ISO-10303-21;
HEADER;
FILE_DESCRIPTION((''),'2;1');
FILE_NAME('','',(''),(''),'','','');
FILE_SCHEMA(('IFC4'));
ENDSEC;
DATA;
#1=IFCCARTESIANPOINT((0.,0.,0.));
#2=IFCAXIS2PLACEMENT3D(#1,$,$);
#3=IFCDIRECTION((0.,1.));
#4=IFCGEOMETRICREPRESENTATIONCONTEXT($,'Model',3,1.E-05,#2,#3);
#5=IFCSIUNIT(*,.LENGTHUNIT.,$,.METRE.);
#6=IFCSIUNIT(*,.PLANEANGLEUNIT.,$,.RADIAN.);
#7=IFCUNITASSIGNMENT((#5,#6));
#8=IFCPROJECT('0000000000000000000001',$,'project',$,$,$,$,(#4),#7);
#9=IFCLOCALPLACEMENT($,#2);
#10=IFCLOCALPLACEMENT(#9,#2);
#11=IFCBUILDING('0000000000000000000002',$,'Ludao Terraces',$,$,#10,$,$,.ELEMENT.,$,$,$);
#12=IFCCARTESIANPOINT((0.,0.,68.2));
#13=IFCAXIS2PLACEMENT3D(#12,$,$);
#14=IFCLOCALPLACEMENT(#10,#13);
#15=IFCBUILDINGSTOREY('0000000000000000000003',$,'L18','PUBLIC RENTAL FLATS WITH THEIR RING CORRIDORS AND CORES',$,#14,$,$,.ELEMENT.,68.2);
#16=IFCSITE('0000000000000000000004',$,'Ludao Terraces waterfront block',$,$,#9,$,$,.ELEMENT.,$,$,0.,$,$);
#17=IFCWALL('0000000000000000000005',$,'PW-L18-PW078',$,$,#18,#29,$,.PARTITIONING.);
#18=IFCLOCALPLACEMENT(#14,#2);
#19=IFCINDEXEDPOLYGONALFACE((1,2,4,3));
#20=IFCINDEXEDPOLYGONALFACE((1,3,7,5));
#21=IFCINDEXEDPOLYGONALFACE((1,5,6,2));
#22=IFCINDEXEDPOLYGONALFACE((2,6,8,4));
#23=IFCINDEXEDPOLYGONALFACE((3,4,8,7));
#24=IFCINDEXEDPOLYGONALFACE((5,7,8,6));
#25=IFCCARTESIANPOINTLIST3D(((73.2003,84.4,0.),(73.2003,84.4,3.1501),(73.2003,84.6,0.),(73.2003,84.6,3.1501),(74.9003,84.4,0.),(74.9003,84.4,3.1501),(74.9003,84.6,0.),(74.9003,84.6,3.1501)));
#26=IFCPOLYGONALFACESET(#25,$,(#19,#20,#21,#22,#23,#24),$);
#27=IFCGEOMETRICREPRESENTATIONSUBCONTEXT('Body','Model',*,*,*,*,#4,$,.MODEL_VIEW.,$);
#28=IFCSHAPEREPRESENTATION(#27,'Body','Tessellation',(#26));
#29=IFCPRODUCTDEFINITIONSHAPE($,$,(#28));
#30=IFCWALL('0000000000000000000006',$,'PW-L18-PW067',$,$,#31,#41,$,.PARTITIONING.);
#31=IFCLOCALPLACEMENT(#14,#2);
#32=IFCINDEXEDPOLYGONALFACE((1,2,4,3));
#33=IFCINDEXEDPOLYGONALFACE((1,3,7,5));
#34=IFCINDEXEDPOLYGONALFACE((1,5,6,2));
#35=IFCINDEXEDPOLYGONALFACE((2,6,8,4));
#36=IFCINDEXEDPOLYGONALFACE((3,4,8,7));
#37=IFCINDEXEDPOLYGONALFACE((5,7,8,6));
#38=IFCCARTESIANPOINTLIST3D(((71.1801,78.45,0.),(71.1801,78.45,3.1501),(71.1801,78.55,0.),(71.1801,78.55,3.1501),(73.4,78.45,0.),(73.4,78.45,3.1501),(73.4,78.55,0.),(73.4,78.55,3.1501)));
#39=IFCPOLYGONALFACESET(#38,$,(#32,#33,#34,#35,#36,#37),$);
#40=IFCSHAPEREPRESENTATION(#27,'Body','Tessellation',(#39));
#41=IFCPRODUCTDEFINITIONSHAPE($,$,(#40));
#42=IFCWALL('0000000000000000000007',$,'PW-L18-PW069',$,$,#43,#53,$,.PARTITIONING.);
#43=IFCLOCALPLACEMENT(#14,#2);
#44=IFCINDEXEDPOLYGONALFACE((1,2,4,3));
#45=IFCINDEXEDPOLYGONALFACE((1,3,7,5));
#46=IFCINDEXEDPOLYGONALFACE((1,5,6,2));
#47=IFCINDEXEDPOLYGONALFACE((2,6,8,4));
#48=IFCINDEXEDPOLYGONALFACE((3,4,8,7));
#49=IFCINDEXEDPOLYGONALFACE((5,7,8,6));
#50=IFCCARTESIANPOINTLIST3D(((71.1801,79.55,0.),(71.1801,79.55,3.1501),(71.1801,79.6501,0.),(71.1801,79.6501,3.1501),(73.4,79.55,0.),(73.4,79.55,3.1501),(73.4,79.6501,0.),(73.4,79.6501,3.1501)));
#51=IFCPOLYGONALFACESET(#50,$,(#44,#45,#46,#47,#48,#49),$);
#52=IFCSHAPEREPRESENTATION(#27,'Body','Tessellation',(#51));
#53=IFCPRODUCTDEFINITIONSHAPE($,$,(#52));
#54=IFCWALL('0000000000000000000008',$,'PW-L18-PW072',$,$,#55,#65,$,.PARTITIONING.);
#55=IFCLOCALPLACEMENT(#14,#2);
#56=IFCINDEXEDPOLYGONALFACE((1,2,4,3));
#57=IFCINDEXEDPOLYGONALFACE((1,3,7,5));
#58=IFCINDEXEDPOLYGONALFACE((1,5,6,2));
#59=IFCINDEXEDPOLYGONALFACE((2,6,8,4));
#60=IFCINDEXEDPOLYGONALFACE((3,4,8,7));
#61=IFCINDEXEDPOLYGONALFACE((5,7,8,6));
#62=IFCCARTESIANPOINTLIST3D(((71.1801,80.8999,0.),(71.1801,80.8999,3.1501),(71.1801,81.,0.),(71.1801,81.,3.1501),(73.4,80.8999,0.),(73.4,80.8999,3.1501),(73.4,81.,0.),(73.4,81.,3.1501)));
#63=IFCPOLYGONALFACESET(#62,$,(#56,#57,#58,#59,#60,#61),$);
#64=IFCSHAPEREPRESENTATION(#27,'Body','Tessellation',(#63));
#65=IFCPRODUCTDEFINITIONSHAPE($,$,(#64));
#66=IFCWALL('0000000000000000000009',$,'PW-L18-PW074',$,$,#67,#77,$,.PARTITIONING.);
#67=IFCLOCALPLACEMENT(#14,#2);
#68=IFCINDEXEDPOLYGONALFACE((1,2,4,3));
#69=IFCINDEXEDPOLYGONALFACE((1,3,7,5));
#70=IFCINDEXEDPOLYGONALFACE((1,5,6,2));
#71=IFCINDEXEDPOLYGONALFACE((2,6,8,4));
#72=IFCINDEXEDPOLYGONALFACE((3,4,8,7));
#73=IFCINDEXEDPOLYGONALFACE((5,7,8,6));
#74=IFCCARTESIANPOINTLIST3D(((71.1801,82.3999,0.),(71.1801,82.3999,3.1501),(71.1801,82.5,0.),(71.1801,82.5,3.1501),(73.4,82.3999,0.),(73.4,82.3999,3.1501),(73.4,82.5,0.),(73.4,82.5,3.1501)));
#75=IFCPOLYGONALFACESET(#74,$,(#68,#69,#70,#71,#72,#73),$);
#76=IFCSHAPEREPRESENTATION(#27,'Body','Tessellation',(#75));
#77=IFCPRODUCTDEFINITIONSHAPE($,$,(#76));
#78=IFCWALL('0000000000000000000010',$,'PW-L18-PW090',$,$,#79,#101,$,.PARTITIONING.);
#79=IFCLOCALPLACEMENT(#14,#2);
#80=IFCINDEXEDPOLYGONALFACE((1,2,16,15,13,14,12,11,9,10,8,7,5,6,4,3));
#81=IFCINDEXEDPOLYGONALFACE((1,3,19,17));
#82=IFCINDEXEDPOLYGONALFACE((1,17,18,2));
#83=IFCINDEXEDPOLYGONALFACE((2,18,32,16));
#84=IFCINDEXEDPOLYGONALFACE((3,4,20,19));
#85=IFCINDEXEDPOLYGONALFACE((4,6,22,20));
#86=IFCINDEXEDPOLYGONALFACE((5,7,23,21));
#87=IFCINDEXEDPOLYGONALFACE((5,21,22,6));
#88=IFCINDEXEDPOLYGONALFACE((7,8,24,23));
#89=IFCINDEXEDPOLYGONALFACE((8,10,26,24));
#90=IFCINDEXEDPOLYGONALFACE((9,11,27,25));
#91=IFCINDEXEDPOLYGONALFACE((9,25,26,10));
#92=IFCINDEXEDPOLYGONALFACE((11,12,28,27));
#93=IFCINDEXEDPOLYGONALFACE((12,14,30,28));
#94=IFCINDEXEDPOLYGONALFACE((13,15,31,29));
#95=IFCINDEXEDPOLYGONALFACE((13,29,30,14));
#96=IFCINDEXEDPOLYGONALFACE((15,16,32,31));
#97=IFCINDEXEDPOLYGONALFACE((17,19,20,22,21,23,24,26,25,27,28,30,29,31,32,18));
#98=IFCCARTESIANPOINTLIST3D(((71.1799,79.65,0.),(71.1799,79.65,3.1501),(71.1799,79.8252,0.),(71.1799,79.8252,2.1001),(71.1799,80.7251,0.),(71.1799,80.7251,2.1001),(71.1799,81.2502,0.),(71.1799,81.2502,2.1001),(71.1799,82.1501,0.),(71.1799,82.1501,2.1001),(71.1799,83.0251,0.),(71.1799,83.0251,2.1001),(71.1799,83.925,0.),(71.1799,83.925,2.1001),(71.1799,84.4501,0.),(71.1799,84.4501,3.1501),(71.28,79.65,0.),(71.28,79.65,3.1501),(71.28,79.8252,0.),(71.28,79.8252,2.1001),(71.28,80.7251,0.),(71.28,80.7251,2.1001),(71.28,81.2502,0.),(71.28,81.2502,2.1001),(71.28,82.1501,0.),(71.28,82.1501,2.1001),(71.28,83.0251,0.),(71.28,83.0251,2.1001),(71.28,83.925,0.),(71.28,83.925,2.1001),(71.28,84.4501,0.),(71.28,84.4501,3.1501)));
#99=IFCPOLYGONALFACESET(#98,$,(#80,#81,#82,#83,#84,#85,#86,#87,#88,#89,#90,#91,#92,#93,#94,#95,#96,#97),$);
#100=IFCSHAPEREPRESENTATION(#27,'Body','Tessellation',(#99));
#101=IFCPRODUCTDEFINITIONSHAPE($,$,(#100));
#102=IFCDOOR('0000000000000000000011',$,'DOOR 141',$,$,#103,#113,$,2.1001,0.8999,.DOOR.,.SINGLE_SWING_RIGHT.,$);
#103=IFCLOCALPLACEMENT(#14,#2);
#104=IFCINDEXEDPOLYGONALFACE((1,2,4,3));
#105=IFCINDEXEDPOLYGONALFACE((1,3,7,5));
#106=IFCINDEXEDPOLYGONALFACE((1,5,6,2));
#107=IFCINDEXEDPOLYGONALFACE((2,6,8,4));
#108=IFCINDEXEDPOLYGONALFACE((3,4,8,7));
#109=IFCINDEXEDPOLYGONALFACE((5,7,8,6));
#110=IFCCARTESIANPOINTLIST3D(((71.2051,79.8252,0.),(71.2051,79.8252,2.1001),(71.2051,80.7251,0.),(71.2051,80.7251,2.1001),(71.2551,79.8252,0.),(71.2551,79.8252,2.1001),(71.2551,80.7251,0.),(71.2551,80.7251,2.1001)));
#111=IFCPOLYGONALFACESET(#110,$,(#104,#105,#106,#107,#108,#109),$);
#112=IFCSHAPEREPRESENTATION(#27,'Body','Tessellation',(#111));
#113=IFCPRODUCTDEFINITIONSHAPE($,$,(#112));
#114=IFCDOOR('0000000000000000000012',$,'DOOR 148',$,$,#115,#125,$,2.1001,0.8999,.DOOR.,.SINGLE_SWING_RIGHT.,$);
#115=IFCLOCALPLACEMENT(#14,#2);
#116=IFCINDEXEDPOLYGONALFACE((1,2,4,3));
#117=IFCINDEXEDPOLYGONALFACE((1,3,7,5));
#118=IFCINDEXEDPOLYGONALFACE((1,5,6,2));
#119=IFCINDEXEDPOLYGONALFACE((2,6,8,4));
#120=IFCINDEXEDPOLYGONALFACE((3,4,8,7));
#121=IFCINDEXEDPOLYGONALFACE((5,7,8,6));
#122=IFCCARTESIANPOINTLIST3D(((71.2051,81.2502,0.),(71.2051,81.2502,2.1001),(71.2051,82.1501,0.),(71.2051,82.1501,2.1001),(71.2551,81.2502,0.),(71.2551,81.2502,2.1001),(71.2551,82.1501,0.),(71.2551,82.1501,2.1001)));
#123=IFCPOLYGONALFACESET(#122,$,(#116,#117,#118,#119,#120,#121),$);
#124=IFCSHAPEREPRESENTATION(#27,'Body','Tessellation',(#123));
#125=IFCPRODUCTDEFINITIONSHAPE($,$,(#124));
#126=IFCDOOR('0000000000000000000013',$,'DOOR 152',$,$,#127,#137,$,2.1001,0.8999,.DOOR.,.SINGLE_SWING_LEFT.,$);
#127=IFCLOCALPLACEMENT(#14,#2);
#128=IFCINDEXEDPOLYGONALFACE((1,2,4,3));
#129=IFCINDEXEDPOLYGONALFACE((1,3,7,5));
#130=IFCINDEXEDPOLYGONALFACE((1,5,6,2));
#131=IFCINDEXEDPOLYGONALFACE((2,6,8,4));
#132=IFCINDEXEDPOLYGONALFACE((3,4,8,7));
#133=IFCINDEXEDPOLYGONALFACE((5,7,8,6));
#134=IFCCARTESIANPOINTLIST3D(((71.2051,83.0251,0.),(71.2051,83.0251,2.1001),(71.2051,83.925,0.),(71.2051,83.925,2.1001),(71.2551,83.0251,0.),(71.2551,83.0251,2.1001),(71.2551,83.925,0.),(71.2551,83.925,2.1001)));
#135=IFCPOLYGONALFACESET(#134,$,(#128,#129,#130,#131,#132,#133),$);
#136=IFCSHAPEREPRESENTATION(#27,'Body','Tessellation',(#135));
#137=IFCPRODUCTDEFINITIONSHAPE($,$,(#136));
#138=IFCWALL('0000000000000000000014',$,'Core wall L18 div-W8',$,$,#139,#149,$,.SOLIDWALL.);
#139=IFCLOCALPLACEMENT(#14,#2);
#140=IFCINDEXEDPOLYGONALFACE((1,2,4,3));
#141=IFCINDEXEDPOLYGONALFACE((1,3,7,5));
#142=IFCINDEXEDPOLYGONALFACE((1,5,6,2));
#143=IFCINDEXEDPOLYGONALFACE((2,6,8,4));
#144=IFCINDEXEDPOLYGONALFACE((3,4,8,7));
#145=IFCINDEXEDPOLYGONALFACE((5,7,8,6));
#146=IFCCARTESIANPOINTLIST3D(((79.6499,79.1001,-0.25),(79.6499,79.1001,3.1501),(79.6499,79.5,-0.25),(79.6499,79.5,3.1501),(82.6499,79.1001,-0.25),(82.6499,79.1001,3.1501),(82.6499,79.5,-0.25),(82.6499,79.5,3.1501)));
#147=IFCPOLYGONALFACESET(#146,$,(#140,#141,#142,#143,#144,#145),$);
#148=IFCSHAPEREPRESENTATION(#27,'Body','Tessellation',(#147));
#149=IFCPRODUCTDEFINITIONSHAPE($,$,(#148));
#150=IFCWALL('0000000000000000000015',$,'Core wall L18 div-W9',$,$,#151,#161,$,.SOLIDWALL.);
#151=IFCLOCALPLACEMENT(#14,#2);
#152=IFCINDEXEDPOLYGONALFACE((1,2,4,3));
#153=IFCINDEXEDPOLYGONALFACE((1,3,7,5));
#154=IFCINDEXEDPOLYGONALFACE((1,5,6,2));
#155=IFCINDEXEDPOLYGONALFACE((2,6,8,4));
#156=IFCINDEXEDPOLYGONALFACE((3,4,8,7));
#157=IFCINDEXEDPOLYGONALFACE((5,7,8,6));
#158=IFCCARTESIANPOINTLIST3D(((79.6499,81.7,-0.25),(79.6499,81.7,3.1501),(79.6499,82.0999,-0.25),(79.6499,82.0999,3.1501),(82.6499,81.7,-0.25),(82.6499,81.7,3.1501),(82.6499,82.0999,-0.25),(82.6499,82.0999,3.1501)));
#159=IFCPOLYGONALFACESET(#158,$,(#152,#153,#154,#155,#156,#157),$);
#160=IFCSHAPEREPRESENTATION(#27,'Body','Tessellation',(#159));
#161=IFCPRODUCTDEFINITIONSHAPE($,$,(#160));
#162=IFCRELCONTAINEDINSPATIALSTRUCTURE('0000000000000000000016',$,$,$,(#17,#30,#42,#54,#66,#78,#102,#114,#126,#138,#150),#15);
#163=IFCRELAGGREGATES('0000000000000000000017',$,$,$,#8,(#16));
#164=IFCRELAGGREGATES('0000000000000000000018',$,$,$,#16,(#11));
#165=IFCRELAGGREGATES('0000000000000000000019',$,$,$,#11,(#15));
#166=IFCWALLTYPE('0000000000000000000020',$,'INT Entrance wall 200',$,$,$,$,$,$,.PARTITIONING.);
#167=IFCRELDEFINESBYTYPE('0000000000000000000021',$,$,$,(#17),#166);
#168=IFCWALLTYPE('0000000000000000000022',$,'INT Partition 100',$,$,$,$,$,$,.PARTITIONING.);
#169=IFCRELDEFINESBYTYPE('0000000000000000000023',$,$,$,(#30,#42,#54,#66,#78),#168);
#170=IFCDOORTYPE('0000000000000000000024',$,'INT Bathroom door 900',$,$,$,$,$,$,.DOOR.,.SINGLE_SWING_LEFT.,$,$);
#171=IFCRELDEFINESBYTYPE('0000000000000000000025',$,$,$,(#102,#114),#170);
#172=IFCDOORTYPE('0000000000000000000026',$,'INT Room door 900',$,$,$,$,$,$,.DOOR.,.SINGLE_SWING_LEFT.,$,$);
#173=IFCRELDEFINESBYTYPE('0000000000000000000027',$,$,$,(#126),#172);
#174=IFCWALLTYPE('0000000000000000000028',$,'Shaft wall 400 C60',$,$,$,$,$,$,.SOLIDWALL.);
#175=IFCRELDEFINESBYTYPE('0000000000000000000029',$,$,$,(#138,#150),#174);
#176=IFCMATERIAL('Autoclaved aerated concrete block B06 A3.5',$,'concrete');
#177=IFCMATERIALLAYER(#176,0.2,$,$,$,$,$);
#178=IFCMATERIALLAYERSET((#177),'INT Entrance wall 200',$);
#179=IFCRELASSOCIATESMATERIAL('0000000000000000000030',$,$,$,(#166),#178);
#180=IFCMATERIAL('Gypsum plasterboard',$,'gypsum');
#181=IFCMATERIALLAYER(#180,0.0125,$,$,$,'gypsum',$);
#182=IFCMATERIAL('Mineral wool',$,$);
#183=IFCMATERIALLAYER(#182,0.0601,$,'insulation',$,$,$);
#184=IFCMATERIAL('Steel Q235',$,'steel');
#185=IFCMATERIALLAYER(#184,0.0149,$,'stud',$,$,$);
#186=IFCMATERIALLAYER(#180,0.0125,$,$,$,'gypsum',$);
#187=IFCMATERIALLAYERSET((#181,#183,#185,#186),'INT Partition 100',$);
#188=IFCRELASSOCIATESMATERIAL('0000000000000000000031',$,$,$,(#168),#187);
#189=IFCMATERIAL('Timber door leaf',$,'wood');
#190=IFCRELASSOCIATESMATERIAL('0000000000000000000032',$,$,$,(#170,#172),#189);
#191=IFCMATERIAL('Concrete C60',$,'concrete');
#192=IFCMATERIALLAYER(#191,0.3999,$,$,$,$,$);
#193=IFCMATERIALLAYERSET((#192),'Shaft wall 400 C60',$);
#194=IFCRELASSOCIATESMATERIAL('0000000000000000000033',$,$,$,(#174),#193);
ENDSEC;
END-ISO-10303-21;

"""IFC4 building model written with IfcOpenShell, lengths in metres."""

from ifc_helpers import new_model, si_unit, direction, frame, frame_2d, origin, place, context, subcontext, project, spatial, rectangle, extrude, material, layer, layer_set, type_object, element, fill, save


model = new_model("IFC4")

# Units and contexts
model_context = context("Model", 3, precision=1e-05, world=origin(), true_north=direction((0.0, 1.0)))
body_context = subcontext(model_context, "Body", "Model", "MODEL_VIEW")
ifc_project = project(units=[si_unit("LENGTHUNIT", "METRE"), si_unit("PLANEANGLEUNIT", "RADIAN")], contexts=[model_context])

# Site, building, storey
site_placement = place(None, origin())
site = spatial("IfcSite", under=ifc_project, at=site_placement, Name="Ludao Terraces waterfront block", CompositionType="ELEMENT", RefElevation=0.0)
building_placement = place(site_placement, origin())
building = spatial("IfcBuilding", under=site, at=building_placement, Name="Ludao Terraces", CompositionType="ELEMENT")
storey_placement = place(building_placement, frame((0.0, 0.0, 68.2)))
storey = spatial("IfcBuildingStorey", under=building, at=storey_placement, Name="L18", Description="PUBLIC RENTAL FLATS WITH THEIR RING CORRIDORS AND CORES", CompositionType="ELEMENT", Elevation=68.2)

# Walls
ifc_material_1 = material(Name="Autoclaved aerated concrete block B06 A3.5", Category="concrete")
ifc_layer_1 = layer(ifc_material_1, 0.2)
ifc_layer_set_1 = layer_set([ifc_layer_1], Name="INT Entrance wall 200")
wall_type_1 = type_object("IfcWallType", Name="INT Entrance wall 200", PredefinedType="PARTITIONING", material=ifc_layer_set_1)
wall_1_placement = place(storey_placement, frame((73.2002, 84.5, 0.0), z_axis=(0.0, 0.0, 1.0), x_axis=(1.0, 0.0, 0.0)))
element("IfcWall", 1, at=wall_1_placement, inside=storey, type_object=wall_type_1, Name="PW-L18-PW078", PredefinedType="PARTITIONING", context=body_context, shape_type="SweptSolid", body=[
    extrude(rectangle(XDim=1.7, YDim=0.2, at=frame_2d((0.8501, 0.0))), origin(), (0.0, 0.0, 1.0), 3.1501),
])
ifc_material_2 = material(Name="Gypsum plasterboard", Category="gypsum")
ifc_layer_2 = layer(ifc_material_2, 0.0125, Category="gypsum")
ifc_material_3 = material(Name="Mineral wool")
ifc_layer_3 = layer(ifc_material_3, 0.0601, Name="insulation")
ifc_material_4 = material(Name="Steel Q235", Category="steel")
ifc_layer_4 = layer(ifc_material_4, 0.0149, Name="stud")
ifc_layer_5 = layer(ifc_material_2, 0.0125, Category="gypsum")
ifc_layer_set_2 = layer_set([ifc_layer_2, ifc_layer_3, ifc_layer_4, ifc_layer_5], Name="INT Partition 100")
wall_type_2 = type_object("IfcWallType", Name="INT Partition 100", PredefinedType="PARTITIONING", material=ifc_layer_set_2)
for number, where, z_axis, x_axis, name in (
    (2, (71.1802, 78.5, 0.0), (0.0, 0.0, 1.0), (1.0, 0.0, 0.0), "PW-L18-PW067"),
    (3, (71.1802, 79.6001, 0.0), (0.0, 0.0, 1.0), (1.0, 0.0, 0.0), "PW-L18-PW069"),
    (4, (71.1802, 80.95, 0.0), (0.0, 0.0, 1.0), (1.0, 0.0, 0.0), "PW-L18-PW072"),
    (5, (71.1802, 82.45, 0.0), (0.0, 0.0, 1.0), (1.0, 0.0, 0.0), "PW-L18-PW074"),
):
    element("IfcWall", number, at=place(storey_placement, frame(where, z_axis=z_axis, x_axis=x_axis)), inside=storey, type_object=wall_type_2, Name=name, PredefinedType="PARTITIONING", context=body_context, shape_type="SweptSolid", body=[
        extrude(rectangle(XDim=2.22, YDim=0.1001, at=frame_2d((1.1099, 0.0))), origin(), (0.0, 0.0, 1.0), 3.1501),
    ])

# Wall, openings, doors
wall_2_placement = place(storey_placement, frame((71.23, 79.6501, 0.0), z_axis=(0.0, 0.0, 1.0), x_axis=(0.0, 1.0, 0.0)))
wall_2 = element("IfcWall", 6, at=wall_2_placement, inside=storey, type_object=wall_type_2, Name="PW-L18-PW090", PredefinedType="PARTITIONING", context=body_context, shape_type="SweptSolid", body=[
    extrude(rectangle(XDim=4.8, YDim=0.1001, at=frame_2d((2.3999, 0.0))), origin(), (0.0, 0.0, 1.0), 3.1501),
])
opening_1_placement = place(wall_2_placement, frame((0.175, 0.0, 0.0)))
opening_1 = element("IfcOpeningElement", 7, at=opening_1_placement, cuts=wall_2, PredefinedType="OPENING", context=body_context, shape_type="SweptSolid", body=[
    extrude(rectangle(XDim=0.8999, YDim=2.1001, at=frame_2d((0.45, 1.05))), frame((0.0, 0.0601, 0.0), z_axis=(0.0, -1.0, 0.0), x_axis=(1.0, 0.0, 0.0)), (0.0, 0.0, 1.0), 0.1201),
])
opening_2_placement = place(wall_2_placement, frame((1.6001, 0.0, 0.0)))
opening_2 = element("IfcOpeningElement", 8, at=opening_2_placement, cuts=wall_2, PredefinedType="OPENING", context=body_context, shape_type="SweptSolid", body=[
    extrude(rectangle(XDim=0.8999, YDim=2.1001, at=frame_2d((0.45, 1.05))), frame((0.0, 0.0601, 0.0), z_axis=(0.0, -1.0, 0.0), x_axis=(1.0, 0.0, 0.0)), (0.0, 0.0, 1.0), 0.1201),
])
opening_3_placement = place(wall_2_placement, frame((3.375, 0.0, 0.0)))
opening_3 = element("IfcOpeningElement", 9, at=opening_3_placement, cuts=wall_2, PredefinedType="OPENING", context=body_context, shape_type="SweptSolid", body=[
    extrude(rectangle(XDim=0.8999, YDim=2.1001, at=frame_2d((0.45, 1.05))), frame((0.0, 0.0601, 0.0), z_axis=(0.0, -1.0, 0.0), x_axis=(1.0, 0.0, 0.0)), (0.0, 0.0, 1.0), 0.1201),
])
ifc_material_5 = material(Name="Timber door leaf", Category="wood")
door_type_1 = type_object("IfcDoorType", Name="INT Bathroom door 900", OperationType="SINGLE_SWING_LEFT", PredefinedType="DOOR", material=ifc_material_5)
door_1_placement = place(opening_1_placement, origin())
door_1 = element("IfcDoor", 10, at=door_1_placement, inside=storey, type_object=door_type_1, Name="DOOR 141", OperationType="SINGLE_SWING_RIGHT", OverallHeight=2.1001, OverallWidth=0.8999, PredefinedType="DOOR", context=body_context, shape_type="SweptSolid", body=[
    extrude(rectangle(XDim=0.8999, YDim=2.1001, at=frame_2d((0.45, 1.05))), frame((0.0, 0.0249, 0.0), z_axis=(0.0, -1.0, 0.0), x_axis=(1.0, 0.0, 0.0)), (0.0, 0.0, 1.0), 0.05),
])
fill(opening_1, door_1)
door_2_placement = place(opening_2_placement, origin())
door_2 = element("IfcDoor", 11, at=door_2_placement, inside=storey, type_object=door_type_1, Name="DOOR 148", OperationType="SINGLE_SWING_RIGHT", OverallHeight=2.1001, OverallWidth=0.8999, PredefinedType="DOOR", context=body_context, shape_type="SweptSolid", body=[
    extrude(rectangle(XDim=0.8999, YDim=2.1001, at=frame_2d((0.45, 1.05))), frame((0.0, 0.0249, 0.0), z_axis=(0.0, -1.0, 0.0), x_axis=(1.0, 0.0, 0.0)), (0.0, 0.0, 1.0), 0.05),
])
fill(opening_2, door_2)
door_type_2 = type_object("IfcDoorType", Name="INT Room door 900", OperationType="SINGLE_SWING_LEFT", PredefinedType="DOOR", material=ifc_material_5)
door_3_placement = place(opening_3_placement, origin())
door_3 = element("IfcDoor", 12, at=door_3_placement, inside=storey, type_object=door_type_2, Name="DOOR 152", OperationType="SINGLE_SWING_LEFT", OverallHeight=2.1001, OverallWidth=0.8999, PredefinedType="DOOR", context=body_context, shape_type="SweptSolid", body=[
    extrude(rectangle(XDim=0.8999, YDim=2.1001, at=frame_2d((0.45, 1.05))), frame((0.0, 0.0249, 0.0), z_axis=(0.0, -1.0, 0.0), x_axis=(1.0, 0.0, 0.0)), (0.0, 0.0, 1.0), 0.05),
])
fill(opening_3, door_3)

# Walls
ifc_material_6 = material(Name="Concrete C60", Category="concrete")
ifc_layer_6 = layer(ifc_material_6, 0.3999)
ifc_layer_set_3 = layer_set([ifc_layer_6], Name="Shaft wall 400 C60")
wall_type_3 = type_object("IfcWallType", Name="Shaft wall 400 C60", PredefinedType="SOLIDWALL", material=ifc_layer_set_3)
for number, where, z_axis, x_axis, name in (
    (13, (79.6499, 79.3, -0.25), (0.0, 0.0, 1.0), (1.0, 0.0, 0.0), "Core wall L18 div-W8"),
    (14, (79.6499, 81.8999, -0.25), (0.0, 0.0, 1.0), (1.0, 0.0, 0.0), "Core wall L18 div-W9"),
):
    element("IfcWall", number, at=place(storey_placement, frame(where, z_axis=z_axis, x_axis=x_axis)), inside=storey, type_object=wall_type_3, Name=name, PredefinedType="SOLIDWALL", context=body_context, shape_type="SweptSolid", body=[
        extrude(rectangle(XDim=3.0, YDim=0.3999, at=frame_2d((1.5, 0.0))), origin(), (0.0, 0.0, 1.0), 3.4001),
    ])

save(model, "model.ifc")
